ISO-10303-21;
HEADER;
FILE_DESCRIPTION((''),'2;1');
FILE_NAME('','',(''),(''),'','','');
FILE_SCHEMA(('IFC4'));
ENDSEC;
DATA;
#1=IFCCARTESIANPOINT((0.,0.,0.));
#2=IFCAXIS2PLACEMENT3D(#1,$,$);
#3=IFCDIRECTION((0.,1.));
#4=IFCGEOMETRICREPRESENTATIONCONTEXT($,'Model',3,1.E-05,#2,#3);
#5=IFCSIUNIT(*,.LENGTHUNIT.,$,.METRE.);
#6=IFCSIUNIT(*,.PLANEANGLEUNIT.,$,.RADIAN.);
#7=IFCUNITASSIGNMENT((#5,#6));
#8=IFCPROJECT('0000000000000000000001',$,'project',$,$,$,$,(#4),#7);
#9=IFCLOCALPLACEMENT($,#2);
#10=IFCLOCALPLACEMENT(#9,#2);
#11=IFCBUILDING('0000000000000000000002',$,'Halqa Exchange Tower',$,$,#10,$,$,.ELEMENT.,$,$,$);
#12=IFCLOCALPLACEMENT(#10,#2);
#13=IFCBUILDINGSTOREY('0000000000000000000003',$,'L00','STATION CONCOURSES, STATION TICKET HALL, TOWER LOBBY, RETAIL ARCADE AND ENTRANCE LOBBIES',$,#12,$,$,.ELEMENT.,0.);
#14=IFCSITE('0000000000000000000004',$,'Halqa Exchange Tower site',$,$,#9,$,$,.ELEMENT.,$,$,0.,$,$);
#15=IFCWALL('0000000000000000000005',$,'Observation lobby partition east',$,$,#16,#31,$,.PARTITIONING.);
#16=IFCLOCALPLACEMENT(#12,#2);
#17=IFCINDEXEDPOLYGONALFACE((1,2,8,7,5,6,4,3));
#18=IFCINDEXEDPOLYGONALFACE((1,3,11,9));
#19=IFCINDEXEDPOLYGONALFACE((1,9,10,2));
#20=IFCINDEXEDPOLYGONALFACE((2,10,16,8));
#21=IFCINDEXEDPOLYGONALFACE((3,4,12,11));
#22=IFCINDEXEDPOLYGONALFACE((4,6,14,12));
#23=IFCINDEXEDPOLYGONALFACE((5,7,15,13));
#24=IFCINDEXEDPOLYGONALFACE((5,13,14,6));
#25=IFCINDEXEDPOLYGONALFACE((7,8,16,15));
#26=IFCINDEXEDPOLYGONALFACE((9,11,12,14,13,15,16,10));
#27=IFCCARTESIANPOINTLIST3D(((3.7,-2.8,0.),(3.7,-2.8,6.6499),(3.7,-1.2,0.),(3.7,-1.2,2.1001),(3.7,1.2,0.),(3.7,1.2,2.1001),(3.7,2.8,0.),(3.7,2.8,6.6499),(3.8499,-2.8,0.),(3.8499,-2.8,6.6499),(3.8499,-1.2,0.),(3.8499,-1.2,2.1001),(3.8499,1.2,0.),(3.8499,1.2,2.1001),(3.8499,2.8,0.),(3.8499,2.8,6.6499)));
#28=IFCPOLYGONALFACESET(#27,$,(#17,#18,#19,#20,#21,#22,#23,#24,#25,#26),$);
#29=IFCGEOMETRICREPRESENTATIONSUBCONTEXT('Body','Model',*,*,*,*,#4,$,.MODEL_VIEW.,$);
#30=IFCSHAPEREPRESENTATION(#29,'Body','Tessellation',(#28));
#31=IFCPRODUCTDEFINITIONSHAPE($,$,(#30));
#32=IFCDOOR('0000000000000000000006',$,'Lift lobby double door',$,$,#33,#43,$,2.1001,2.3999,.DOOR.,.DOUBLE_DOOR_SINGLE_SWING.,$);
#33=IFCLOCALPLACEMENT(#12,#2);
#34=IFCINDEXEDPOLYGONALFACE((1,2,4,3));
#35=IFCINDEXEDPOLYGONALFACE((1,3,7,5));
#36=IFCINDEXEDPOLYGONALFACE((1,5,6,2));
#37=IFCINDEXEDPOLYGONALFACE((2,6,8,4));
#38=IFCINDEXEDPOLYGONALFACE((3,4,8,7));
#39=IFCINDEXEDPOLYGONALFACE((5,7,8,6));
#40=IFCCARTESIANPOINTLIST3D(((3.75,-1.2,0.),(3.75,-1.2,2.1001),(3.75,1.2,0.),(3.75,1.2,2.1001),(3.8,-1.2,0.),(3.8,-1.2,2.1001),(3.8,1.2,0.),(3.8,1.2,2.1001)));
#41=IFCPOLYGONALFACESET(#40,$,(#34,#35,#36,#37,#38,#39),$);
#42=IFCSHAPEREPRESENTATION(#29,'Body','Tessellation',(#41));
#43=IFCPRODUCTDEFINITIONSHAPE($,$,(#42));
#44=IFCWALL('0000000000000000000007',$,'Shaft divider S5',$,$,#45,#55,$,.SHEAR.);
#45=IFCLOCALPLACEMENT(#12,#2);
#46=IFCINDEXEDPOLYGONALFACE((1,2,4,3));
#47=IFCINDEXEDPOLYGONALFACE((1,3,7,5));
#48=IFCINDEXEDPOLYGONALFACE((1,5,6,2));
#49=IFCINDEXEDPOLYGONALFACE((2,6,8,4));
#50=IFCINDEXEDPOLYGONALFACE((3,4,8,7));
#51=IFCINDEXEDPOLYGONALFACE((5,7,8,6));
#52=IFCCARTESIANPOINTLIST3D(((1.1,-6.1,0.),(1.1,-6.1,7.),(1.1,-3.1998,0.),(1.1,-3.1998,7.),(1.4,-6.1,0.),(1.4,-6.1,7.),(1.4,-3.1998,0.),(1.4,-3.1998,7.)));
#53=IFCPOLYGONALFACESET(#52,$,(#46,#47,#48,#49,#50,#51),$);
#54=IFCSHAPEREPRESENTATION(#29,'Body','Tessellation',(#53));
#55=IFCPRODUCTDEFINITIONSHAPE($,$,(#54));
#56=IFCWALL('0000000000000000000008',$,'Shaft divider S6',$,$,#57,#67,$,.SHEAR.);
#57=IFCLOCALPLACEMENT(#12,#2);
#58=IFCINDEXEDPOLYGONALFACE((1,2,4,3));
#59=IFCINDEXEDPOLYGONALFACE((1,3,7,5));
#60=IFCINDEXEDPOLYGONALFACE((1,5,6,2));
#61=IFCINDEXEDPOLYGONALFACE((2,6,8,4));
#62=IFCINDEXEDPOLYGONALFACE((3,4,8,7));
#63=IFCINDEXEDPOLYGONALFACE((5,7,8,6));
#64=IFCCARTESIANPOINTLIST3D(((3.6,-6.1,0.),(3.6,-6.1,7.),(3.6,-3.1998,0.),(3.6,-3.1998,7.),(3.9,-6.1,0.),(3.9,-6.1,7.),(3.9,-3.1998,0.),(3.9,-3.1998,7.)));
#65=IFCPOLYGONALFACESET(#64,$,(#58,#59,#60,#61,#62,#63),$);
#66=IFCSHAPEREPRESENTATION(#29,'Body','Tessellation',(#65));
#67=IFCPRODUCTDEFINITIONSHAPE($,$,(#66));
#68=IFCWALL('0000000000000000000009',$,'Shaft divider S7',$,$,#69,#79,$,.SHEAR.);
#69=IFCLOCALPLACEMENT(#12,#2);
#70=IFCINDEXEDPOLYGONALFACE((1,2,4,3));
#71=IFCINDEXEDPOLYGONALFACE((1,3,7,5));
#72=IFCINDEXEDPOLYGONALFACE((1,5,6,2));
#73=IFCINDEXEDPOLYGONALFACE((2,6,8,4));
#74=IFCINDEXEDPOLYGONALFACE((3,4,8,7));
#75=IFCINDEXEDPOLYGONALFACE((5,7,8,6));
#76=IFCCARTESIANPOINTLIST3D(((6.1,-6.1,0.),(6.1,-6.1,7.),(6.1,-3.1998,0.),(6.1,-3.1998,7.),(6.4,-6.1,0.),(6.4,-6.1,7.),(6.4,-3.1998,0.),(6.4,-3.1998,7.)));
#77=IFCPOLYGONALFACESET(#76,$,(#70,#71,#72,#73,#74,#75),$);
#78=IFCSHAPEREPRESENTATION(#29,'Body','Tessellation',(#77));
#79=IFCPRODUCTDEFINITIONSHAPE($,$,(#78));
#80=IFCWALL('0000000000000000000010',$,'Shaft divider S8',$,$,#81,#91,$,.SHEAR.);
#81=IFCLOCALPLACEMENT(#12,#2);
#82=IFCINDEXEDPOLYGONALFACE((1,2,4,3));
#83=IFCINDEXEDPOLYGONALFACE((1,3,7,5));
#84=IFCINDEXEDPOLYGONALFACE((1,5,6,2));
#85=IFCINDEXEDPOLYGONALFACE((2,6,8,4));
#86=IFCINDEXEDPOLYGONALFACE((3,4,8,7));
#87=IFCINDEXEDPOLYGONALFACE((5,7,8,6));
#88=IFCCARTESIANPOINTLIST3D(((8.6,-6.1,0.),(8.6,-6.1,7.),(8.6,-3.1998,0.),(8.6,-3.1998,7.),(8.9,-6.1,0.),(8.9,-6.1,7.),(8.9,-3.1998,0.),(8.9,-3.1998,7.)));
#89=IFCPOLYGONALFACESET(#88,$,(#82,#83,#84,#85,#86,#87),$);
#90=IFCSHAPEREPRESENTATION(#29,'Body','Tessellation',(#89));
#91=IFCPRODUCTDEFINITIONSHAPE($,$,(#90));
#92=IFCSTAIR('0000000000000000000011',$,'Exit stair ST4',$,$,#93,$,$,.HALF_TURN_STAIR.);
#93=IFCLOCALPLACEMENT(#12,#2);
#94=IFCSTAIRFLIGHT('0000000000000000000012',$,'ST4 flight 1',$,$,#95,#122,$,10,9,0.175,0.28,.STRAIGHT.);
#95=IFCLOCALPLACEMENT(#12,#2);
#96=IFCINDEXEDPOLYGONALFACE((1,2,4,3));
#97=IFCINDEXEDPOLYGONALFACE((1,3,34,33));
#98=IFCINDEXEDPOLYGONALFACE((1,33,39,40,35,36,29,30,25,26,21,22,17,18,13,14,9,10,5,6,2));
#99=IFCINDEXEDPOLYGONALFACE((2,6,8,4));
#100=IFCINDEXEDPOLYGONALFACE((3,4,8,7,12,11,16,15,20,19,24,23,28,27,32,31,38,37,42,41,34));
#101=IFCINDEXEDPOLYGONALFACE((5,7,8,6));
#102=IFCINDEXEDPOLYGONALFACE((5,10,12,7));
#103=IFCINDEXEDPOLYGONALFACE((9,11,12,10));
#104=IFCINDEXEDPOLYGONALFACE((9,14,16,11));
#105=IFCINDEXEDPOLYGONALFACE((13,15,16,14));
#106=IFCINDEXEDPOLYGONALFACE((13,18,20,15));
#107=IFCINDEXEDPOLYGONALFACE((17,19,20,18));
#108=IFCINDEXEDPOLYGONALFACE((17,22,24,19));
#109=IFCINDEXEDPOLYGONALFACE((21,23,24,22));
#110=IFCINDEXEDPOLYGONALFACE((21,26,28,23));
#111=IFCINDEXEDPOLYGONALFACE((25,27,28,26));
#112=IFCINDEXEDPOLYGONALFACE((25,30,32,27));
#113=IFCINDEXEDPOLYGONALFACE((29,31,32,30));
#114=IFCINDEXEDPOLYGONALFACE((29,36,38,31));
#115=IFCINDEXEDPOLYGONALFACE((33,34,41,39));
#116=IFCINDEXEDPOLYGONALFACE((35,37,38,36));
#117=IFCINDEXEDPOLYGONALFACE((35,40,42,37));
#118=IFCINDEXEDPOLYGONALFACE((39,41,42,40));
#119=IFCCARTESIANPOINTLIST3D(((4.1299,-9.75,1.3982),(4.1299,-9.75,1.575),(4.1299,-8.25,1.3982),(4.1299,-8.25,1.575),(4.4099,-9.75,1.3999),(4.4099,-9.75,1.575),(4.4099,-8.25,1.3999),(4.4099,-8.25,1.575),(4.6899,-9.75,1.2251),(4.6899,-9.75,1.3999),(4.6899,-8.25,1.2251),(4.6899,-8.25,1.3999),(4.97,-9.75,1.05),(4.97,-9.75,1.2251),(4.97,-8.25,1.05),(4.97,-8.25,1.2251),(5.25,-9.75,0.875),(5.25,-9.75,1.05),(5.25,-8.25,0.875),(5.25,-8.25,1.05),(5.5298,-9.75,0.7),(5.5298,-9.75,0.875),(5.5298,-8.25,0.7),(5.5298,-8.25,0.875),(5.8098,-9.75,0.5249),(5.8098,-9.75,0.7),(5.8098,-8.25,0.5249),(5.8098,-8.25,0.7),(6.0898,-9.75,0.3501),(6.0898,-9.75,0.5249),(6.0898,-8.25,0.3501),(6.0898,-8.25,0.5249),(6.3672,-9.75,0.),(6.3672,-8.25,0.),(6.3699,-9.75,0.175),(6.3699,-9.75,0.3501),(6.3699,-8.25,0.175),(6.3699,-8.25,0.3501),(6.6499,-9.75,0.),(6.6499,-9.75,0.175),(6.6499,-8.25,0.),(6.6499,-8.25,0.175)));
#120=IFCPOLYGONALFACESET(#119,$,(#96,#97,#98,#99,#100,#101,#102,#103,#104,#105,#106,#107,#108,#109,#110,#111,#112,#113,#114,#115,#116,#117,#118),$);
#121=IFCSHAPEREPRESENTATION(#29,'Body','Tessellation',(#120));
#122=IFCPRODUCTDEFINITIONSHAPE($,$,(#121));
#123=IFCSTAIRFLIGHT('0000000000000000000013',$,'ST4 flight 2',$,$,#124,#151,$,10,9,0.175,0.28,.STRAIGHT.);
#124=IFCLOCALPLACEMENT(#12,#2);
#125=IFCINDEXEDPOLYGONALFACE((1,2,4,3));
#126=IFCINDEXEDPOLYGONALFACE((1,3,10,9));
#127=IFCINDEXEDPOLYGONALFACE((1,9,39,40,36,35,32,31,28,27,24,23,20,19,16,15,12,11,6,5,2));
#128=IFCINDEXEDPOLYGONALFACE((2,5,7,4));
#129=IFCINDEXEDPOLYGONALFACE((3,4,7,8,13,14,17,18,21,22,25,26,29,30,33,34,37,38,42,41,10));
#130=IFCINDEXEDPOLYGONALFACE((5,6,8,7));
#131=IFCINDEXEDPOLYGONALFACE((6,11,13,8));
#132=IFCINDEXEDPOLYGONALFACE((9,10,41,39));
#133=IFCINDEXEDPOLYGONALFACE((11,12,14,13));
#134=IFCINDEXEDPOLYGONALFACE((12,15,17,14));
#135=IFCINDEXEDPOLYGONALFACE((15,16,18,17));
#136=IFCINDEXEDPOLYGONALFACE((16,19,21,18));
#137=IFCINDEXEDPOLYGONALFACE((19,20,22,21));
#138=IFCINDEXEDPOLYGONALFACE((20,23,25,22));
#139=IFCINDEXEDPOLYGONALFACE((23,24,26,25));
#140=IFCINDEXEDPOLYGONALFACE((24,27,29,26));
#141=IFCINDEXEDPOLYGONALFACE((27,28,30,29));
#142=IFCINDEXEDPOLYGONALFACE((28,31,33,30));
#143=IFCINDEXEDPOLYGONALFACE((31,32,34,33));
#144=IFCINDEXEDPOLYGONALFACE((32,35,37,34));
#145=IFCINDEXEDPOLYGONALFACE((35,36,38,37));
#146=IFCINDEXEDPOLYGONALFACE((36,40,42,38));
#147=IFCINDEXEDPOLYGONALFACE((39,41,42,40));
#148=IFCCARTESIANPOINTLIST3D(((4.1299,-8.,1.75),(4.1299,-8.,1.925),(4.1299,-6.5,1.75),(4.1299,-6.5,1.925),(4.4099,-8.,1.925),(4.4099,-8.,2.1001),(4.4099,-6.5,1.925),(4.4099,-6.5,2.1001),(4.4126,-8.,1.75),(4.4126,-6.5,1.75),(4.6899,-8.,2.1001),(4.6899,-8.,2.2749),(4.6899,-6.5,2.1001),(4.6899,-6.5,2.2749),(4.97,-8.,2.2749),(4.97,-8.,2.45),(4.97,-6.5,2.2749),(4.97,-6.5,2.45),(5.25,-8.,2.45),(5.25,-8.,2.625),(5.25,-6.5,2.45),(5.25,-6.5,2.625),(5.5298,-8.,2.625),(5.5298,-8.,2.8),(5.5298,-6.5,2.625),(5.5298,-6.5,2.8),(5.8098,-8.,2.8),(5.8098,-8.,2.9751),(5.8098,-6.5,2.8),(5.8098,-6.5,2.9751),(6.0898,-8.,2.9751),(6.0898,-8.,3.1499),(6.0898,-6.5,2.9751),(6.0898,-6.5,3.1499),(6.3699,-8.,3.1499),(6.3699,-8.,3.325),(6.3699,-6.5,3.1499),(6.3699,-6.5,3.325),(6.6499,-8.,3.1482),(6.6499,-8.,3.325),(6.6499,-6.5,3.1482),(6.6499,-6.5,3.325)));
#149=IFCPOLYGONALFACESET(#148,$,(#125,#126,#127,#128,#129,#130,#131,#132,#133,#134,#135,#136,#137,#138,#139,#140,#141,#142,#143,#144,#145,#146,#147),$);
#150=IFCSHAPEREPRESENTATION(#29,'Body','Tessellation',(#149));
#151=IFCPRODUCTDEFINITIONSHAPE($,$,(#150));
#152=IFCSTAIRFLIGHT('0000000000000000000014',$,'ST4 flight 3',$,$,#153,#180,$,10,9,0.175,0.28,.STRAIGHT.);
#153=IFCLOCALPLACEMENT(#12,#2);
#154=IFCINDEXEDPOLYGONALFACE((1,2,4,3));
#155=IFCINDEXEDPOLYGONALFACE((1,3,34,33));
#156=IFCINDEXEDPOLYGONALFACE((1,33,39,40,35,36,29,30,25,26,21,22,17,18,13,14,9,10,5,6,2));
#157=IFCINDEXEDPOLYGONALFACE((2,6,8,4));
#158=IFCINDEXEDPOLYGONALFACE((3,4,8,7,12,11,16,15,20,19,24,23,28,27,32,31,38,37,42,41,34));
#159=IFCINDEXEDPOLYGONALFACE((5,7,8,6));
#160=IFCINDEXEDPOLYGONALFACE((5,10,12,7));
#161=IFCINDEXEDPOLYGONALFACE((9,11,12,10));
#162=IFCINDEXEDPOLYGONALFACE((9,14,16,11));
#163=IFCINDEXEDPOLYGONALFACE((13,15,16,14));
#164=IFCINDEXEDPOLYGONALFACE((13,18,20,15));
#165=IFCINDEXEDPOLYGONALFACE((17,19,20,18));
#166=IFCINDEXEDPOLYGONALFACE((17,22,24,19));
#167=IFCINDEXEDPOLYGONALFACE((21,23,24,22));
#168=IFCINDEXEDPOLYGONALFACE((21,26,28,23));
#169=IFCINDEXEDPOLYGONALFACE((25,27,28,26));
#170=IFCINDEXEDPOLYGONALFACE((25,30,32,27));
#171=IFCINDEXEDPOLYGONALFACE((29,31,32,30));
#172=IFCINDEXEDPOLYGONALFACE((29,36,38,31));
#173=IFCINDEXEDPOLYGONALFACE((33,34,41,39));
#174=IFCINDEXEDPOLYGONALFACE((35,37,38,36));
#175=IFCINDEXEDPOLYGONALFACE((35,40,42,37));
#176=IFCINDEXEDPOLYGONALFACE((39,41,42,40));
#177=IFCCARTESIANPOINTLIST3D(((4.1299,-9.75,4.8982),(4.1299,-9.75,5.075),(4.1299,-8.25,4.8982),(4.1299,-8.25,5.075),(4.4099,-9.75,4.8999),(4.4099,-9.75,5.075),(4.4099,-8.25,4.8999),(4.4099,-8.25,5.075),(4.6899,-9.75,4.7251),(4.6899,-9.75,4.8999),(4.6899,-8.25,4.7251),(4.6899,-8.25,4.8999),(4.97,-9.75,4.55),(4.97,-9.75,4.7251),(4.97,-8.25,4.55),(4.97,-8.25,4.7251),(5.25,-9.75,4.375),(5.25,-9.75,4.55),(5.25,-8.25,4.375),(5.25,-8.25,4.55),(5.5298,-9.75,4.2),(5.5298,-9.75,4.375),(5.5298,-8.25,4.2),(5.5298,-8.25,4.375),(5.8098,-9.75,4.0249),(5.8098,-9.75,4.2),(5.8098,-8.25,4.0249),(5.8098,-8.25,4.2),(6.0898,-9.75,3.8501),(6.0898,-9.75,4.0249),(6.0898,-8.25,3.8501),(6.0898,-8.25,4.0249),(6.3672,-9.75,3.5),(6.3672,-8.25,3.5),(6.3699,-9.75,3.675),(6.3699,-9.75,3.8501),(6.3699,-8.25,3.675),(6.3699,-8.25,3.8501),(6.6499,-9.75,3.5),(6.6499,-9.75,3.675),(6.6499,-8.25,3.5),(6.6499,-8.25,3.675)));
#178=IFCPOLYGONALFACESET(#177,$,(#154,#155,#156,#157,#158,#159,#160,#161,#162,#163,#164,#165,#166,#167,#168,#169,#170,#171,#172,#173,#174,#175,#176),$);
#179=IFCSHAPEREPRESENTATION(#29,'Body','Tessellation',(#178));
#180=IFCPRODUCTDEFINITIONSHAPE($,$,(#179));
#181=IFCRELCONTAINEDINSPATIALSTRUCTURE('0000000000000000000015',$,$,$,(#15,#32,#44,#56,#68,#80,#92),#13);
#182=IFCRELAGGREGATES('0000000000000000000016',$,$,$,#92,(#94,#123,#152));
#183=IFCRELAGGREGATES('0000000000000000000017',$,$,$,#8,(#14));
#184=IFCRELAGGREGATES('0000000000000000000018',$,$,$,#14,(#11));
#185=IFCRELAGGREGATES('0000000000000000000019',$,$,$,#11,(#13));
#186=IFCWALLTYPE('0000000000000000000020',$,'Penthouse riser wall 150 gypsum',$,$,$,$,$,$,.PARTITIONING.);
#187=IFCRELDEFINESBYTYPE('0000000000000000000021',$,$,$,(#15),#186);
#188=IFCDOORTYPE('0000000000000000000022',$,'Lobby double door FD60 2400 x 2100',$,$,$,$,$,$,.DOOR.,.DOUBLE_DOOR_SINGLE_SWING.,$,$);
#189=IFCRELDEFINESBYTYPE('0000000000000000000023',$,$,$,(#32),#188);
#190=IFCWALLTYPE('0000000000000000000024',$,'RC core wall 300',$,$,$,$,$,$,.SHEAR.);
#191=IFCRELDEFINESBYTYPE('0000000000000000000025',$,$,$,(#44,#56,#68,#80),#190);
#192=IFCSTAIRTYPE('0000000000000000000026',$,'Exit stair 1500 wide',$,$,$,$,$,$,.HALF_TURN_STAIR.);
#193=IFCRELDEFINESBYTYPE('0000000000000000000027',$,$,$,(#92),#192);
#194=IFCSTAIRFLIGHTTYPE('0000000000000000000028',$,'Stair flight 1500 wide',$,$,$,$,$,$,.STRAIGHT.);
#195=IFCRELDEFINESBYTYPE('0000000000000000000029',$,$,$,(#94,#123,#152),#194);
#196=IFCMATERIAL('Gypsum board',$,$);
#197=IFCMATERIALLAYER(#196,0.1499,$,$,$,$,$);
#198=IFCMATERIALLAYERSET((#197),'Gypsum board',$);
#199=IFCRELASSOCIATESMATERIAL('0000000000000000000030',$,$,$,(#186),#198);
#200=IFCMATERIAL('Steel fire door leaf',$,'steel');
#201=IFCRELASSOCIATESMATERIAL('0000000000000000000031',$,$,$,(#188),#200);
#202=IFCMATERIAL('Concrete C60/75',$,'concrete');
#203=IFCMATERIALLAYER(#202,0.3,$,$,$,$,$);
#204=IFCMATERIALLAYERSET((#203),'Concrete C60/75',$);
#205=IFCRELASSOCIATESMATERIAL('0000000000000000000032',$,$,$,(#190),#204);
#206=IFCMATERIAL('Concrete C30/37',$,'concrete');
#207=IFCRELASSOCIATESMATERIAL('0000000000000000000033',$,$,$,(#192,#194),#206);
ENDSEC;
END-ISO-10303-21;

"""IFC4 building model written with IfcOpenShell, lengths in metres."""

from ifc_helpers import new_model, si_unit, direction, frame, frame_2d, origin, place, context, subcontext, project, spatial, polyline, rectangle, outline, extrude, material, layer, layer_set, type_object, element, fill, aggregate, save


model = new_model("IFC4")

# Units and contexts
model_context = context("Model", 3, precision=1e-05, world=origin(), true_north=direction((0.0, 1.0)))
body_context = subcontext(model_context, "Body", "Model", "MODEL_VIEW")
ifc_project = project(units=[si_unit("LENGTHUNIT", "METRE"), si_unit("PLANEANGLEUNIT", "RADIAN")], contexts=[model_context])

# Site, building, storey
site_placement = place(None, origin())
site = spatial("IfcSite", under=ifc_project, at=site_placement, Name="Halqa Exchange Tower site", CompositionType="ELEMENT", RefElevation=0.0)
building_placement = place(site_placement, origin())
building = spatial("IfcBuilding", under=site, at=building_placement, Name="Halqa Exchange Tower", CompositionType="ELEMENT")
storey_placement = place(building_placement, origin())
storey = spatial("IfcBuildingStorey", under=building, at=storey_placement, Name="L00", Description="STATION CONCOURSES, STATION TICKET HALL, TOWER LOBBY, RETAIL ARCADE AND ENTRANCE LOBBIES", CompositionType="ELEMENT", Elevation=0.0)

# Shared definitions
ifc_material_1 = material(Name="Concrete C30/37", Category="concrete")
ifc_material_2 = material(Name="Steel fire door leaf", Category="steel")

# Wall, opening, door
ifc_material_3 = material(Name="Gypsum board")
ifc_layer_1 = layer(ifc_material_3, 0.1499)
ifc_layer_set_1 = layer_set([ifc_layer_1], Name="Gypsum board")
wall_type_1 = type_object("IfcWallType", Name="Penthouse riser wall 150 gypsum", PredefinedType="PARTITIONING", material=ifc_layer_set_1)
wall_1_placement = place(storey_placement, frame((3.7749, -2.8, 0.0), z_axis=(0.0, 0.0, 1.0), x_axis=(0.0, 1.0, 0.0)))
wall_1 = element("IfcWall", 1, at=wall_1_placement, inside=storey, type_object=wall_type_1, Name="Observation lobby partition east", PredefinedType="PARTITIONING", context=body_context, shape_type="SweptSolid", body=[
    extrude(rectangle(XDim=5.6001, YDim=0.1499, at=frame_2d((2.8, 0.0))), origin(), (0.0, 0.0, 1.0), 6.6499),
])
opening_1_placement = place(wall_1_placement, frame((1.6001, 0.0, 0.0)))
opening_1 = element("IfcOpeningElement", 2, at=opening_1_placement, cuts=wall_1, PredefinedType="OPENING", context=body_context, shape_type="SweptSolid", body=[
    extrude(rectangle(XDim=2.3999, YDim=2.1001, at=frame_2d((1.2, 1.05))), frame((0.0, 0.0869, 0.0), z_axis=(0.0, -1.0, 0.0), x_axis=(1.0, 0.0, 0.0)), (0.0, 0.0, 1.0), 0.1738),
])
door_type_1 = type_object("IfcDoorType", Name="Lobby double door FD60 2400 x 2100", OperationType="DOUBLE_DOOR_SINGLE_SWING", PredefinedType="DOOR", material=ifc_material_2)
door_1_placement = place(opening_1_placement, origin())
door_1 = element("IfcDoor", 3, at=door_1_placement, inside=storey, type_object=door_type_1, Name="Lift lobby double door", OperationType="DOUBLE_DOOR_SINGLE_SWING", OverallHeight=2.1001, OverallWidth=2.3999, PredefinedType="DOOR", context=body_context, shape_type="SweptSolid", body=[
    extrude(rectangle(XDim=2.3999, YDim=2.1001, at=frame_2d((1.2, 1.05))), frame((0.0, 0.0249, 0.0), z_axis=(0.0, -1.0, 0.0), x_axis=(1.0, 0.0, 0.0)), (0.0, 0.0, 1.0), 0.05),
])
fill(opening_1, door_1)

# Walls
ifc_material_4 = material(Name="Concrete C60/75", Category="concrete")
ifc_layer_2 = layer(ifc_material_4, 0.3)
ifc_layer_set_2 = layer_set([ifc_layer_2], Name="Concrete C60/75")
wall_type_2 = type_object("IfcWallType", Name="RC core wall 300", PredefinedType="SHEAR", material=ifc_layer_set_2)
for number, where, z_axis, x_axis, name in (
    (4, (1.25, -6.1001, 0.0), (0.0, 0.0, 1.0), (0.0, 1.0, 0.0), "Shaft divider S5"),
    (5, (3.75, -6.1001, 0.0), (0.0, 0.0, 1.0), (0.0, 1.0, 0.0), "Shaft divider S6"),
    (6, (6.25, -6.1001, 0.0), (0.0, 0.0, 1.0), (0.0, 1.0, 0.0), "Shaft divider S7"),
    (7, (8.75, -6.1001, 0.0), (0.0, 0.0, 1.0), (0.0, 1.0, 0.0), "Shaft divider S8"),
):
    element("IfcWall", number, at=place(storey_placement, frame(where, z_axis=z_axis, x_axis=x_axis)), inside=storey, type_object=wall_type_2, Name=name, PredefinedType="SHEAR", context=body_context, shape_type="SweptSolid", body=[
        extrude(rectangle(XDim=2.9001, YDim=0.3, at=frame_2d((1.4502, 0.0))), origin(), (0.0, 0.0, 1.0), 7.0),
    ])

# Stair, stair flights
stair_type = type_object("IfcStairType", Name="Exit stair 1500 wide", PredefinedType="HALF_TURN_STAIR", material=ifc_material_1)
stair_placement = place(storey_placement, origin())
stair = element("IfcStair", 8, at=stair_placement, inside=storey, type_object=stair_type, Name="Exit stair ST4", PredefinedType="HALF_TURN_STAIR")
stair_flight_type = type_object("IfcStairFlightType", Name="Stair flight 1500 wide", PredefinedType="STRAIGHT", material=ifc_material_1)
stair_flight_1_placement = place(storey_placement, frame((6.6499, -9.0, 0.0), z_axis=(0.0, 0.0, 1.0), x_axis=(-1.0, 0.0, 0.0)))
stair_flight_1 = element("IfcStairFlight", 9, at=stair_flight_1_placement, type_object=stair_flight_type, Name="ST4 flight 1", NumberOfRisers=10, NumberOfTreads=9, PredefinedType="STRAIGHT", RiserHeight=0.175, TreadLength=0.28, context=body_context, shape_type="SweptSolid", body=[
    extrude(outline(polyline([(0.0, 0.0), (0.0, 0.175), (0.28, 0.175), (0.28, 0.3501), (0.5601, 0.3501), (0.5601, 0.5249), (0.8401, 0.5249), (0.8401, 0.7), (1.1201, 0.7), (1.1201, 0.875), (1.3999, 0.875), (1.3999, 1.05), (1.6799, 1.05), (1.6799, 1.2251), (1.96, 1.2251), (1.96, 1.3999), (2.24, 1.3999), (2.24, 1.575), (2.52, 1.575), (2.52, 1.75), (2.52, 1.3982), (0.2827, 0.0), (0.0, 0.0)])), frame((0.0, 0.75, 0.0), z_axis=(0.0, -1.0, 0.0), x_axis=(1.0, 0.0, 0.0)), (0.0, 0.0, 1.0), 1.5),
])
stair_flight_2_placement = place(storey_placement, frame((4.1299, -7.25, 1.75), z_axis=(0.0, 0.0, 1.0), x_axis=(1.0, 0.0, 0.0)))
stair_flight_2 = element("IfcStairFlight", 10, at=stair_flight_2_placement, type_object=stair_flight_type, Name="ST4 flight 2", NumberOfRisers=10, NumberOfTreads=9, PredefinedType="STRAIGHT", RiserHeight=0.175, TreadLength=0.28, context=body_context, shape_type="SweptSolid", body=[
    extrude(outline(polyline([(0.0, 0.0), (0.0, 0.175), (0.28, 0.175), (0.28, 0.3501), (0.5601, 0.3501), (0.5601, 0.5249), (0.8401, 0.5249), (0.8401, 0.7), (1.1201, 0.7), (1.1201, 0.875), (1.3999, 0.875), (1.3999, 1.05), (1.6799, 1.05), (1.6799, 1.2251), (1.96, 1.2251), (1.96, 1.3999), (2.24, 1.3999), (2.24, 1.575), (2.52, 1.575), (2.52, 1.75), (2.52, 1.3982), (0.2827, 0.0), (0.0, 0.0)])), frame((0.0, 0.75, 0.0), z_axis=(0.0, -1.0, 0.0), x_axis=(1.0, 0.0, 0.0)), (0.0, 0.0, 1.0), 1.5),
])
stair_flight_3_placement = place(storey_placement, frame((6.6499, -9.0, 3.5), z_axis=(0.0, 0.0, 1.0), x_axis=(-1.0, 0.0, 0.0)))
stair_flight_3 = element("IfcStairFlight", 11, at=stair_flight_3_placement, type_object=stair_flight_type, Name="ST4 flight 3", NumberOfRisers=10, NumberOfTreads=9, PredefinedType="STRAIGHT", RiserHeight=0.175, TreadLength=0.28, context=body_context, shape_type="SweptSolid", body=[
    extrude(outline(polyline([(0.0, 0.0), (0.0, 0.175), (0.28, 0.175), (0.28, 0.3501), (0.5601, 0.3501), (0.5601, 0.5249), (0.8401, 0.5249), (0.8401, 0.7), (1.1201, 0.7), (1.1201, 0.875), (1.3999, 0.875), (1.3999, 1.05), (1.6799, 1.05), (1.6799, 1.2251), (1.96, 1.2251), (1.96, 1.3999), (2.24, 1.3999), (2.24, 1.575), (2.52, 1.575), (2.52, 1.75), (2.52, 1.3982), (0.2827, 0.0), (0.0, 0.0)])), frame((0.0, 0.75, 0.0), z_axis=(0.0, -1.0, 0.0), x_axis=(1.0, 0.0, 0.0)), (0.0, 0.0, 1.0), 1.5),
])
aggregate(stair, [stair_flight_1, stair_flight_2, stair_flight_3])

save(model, "model.ifc")
